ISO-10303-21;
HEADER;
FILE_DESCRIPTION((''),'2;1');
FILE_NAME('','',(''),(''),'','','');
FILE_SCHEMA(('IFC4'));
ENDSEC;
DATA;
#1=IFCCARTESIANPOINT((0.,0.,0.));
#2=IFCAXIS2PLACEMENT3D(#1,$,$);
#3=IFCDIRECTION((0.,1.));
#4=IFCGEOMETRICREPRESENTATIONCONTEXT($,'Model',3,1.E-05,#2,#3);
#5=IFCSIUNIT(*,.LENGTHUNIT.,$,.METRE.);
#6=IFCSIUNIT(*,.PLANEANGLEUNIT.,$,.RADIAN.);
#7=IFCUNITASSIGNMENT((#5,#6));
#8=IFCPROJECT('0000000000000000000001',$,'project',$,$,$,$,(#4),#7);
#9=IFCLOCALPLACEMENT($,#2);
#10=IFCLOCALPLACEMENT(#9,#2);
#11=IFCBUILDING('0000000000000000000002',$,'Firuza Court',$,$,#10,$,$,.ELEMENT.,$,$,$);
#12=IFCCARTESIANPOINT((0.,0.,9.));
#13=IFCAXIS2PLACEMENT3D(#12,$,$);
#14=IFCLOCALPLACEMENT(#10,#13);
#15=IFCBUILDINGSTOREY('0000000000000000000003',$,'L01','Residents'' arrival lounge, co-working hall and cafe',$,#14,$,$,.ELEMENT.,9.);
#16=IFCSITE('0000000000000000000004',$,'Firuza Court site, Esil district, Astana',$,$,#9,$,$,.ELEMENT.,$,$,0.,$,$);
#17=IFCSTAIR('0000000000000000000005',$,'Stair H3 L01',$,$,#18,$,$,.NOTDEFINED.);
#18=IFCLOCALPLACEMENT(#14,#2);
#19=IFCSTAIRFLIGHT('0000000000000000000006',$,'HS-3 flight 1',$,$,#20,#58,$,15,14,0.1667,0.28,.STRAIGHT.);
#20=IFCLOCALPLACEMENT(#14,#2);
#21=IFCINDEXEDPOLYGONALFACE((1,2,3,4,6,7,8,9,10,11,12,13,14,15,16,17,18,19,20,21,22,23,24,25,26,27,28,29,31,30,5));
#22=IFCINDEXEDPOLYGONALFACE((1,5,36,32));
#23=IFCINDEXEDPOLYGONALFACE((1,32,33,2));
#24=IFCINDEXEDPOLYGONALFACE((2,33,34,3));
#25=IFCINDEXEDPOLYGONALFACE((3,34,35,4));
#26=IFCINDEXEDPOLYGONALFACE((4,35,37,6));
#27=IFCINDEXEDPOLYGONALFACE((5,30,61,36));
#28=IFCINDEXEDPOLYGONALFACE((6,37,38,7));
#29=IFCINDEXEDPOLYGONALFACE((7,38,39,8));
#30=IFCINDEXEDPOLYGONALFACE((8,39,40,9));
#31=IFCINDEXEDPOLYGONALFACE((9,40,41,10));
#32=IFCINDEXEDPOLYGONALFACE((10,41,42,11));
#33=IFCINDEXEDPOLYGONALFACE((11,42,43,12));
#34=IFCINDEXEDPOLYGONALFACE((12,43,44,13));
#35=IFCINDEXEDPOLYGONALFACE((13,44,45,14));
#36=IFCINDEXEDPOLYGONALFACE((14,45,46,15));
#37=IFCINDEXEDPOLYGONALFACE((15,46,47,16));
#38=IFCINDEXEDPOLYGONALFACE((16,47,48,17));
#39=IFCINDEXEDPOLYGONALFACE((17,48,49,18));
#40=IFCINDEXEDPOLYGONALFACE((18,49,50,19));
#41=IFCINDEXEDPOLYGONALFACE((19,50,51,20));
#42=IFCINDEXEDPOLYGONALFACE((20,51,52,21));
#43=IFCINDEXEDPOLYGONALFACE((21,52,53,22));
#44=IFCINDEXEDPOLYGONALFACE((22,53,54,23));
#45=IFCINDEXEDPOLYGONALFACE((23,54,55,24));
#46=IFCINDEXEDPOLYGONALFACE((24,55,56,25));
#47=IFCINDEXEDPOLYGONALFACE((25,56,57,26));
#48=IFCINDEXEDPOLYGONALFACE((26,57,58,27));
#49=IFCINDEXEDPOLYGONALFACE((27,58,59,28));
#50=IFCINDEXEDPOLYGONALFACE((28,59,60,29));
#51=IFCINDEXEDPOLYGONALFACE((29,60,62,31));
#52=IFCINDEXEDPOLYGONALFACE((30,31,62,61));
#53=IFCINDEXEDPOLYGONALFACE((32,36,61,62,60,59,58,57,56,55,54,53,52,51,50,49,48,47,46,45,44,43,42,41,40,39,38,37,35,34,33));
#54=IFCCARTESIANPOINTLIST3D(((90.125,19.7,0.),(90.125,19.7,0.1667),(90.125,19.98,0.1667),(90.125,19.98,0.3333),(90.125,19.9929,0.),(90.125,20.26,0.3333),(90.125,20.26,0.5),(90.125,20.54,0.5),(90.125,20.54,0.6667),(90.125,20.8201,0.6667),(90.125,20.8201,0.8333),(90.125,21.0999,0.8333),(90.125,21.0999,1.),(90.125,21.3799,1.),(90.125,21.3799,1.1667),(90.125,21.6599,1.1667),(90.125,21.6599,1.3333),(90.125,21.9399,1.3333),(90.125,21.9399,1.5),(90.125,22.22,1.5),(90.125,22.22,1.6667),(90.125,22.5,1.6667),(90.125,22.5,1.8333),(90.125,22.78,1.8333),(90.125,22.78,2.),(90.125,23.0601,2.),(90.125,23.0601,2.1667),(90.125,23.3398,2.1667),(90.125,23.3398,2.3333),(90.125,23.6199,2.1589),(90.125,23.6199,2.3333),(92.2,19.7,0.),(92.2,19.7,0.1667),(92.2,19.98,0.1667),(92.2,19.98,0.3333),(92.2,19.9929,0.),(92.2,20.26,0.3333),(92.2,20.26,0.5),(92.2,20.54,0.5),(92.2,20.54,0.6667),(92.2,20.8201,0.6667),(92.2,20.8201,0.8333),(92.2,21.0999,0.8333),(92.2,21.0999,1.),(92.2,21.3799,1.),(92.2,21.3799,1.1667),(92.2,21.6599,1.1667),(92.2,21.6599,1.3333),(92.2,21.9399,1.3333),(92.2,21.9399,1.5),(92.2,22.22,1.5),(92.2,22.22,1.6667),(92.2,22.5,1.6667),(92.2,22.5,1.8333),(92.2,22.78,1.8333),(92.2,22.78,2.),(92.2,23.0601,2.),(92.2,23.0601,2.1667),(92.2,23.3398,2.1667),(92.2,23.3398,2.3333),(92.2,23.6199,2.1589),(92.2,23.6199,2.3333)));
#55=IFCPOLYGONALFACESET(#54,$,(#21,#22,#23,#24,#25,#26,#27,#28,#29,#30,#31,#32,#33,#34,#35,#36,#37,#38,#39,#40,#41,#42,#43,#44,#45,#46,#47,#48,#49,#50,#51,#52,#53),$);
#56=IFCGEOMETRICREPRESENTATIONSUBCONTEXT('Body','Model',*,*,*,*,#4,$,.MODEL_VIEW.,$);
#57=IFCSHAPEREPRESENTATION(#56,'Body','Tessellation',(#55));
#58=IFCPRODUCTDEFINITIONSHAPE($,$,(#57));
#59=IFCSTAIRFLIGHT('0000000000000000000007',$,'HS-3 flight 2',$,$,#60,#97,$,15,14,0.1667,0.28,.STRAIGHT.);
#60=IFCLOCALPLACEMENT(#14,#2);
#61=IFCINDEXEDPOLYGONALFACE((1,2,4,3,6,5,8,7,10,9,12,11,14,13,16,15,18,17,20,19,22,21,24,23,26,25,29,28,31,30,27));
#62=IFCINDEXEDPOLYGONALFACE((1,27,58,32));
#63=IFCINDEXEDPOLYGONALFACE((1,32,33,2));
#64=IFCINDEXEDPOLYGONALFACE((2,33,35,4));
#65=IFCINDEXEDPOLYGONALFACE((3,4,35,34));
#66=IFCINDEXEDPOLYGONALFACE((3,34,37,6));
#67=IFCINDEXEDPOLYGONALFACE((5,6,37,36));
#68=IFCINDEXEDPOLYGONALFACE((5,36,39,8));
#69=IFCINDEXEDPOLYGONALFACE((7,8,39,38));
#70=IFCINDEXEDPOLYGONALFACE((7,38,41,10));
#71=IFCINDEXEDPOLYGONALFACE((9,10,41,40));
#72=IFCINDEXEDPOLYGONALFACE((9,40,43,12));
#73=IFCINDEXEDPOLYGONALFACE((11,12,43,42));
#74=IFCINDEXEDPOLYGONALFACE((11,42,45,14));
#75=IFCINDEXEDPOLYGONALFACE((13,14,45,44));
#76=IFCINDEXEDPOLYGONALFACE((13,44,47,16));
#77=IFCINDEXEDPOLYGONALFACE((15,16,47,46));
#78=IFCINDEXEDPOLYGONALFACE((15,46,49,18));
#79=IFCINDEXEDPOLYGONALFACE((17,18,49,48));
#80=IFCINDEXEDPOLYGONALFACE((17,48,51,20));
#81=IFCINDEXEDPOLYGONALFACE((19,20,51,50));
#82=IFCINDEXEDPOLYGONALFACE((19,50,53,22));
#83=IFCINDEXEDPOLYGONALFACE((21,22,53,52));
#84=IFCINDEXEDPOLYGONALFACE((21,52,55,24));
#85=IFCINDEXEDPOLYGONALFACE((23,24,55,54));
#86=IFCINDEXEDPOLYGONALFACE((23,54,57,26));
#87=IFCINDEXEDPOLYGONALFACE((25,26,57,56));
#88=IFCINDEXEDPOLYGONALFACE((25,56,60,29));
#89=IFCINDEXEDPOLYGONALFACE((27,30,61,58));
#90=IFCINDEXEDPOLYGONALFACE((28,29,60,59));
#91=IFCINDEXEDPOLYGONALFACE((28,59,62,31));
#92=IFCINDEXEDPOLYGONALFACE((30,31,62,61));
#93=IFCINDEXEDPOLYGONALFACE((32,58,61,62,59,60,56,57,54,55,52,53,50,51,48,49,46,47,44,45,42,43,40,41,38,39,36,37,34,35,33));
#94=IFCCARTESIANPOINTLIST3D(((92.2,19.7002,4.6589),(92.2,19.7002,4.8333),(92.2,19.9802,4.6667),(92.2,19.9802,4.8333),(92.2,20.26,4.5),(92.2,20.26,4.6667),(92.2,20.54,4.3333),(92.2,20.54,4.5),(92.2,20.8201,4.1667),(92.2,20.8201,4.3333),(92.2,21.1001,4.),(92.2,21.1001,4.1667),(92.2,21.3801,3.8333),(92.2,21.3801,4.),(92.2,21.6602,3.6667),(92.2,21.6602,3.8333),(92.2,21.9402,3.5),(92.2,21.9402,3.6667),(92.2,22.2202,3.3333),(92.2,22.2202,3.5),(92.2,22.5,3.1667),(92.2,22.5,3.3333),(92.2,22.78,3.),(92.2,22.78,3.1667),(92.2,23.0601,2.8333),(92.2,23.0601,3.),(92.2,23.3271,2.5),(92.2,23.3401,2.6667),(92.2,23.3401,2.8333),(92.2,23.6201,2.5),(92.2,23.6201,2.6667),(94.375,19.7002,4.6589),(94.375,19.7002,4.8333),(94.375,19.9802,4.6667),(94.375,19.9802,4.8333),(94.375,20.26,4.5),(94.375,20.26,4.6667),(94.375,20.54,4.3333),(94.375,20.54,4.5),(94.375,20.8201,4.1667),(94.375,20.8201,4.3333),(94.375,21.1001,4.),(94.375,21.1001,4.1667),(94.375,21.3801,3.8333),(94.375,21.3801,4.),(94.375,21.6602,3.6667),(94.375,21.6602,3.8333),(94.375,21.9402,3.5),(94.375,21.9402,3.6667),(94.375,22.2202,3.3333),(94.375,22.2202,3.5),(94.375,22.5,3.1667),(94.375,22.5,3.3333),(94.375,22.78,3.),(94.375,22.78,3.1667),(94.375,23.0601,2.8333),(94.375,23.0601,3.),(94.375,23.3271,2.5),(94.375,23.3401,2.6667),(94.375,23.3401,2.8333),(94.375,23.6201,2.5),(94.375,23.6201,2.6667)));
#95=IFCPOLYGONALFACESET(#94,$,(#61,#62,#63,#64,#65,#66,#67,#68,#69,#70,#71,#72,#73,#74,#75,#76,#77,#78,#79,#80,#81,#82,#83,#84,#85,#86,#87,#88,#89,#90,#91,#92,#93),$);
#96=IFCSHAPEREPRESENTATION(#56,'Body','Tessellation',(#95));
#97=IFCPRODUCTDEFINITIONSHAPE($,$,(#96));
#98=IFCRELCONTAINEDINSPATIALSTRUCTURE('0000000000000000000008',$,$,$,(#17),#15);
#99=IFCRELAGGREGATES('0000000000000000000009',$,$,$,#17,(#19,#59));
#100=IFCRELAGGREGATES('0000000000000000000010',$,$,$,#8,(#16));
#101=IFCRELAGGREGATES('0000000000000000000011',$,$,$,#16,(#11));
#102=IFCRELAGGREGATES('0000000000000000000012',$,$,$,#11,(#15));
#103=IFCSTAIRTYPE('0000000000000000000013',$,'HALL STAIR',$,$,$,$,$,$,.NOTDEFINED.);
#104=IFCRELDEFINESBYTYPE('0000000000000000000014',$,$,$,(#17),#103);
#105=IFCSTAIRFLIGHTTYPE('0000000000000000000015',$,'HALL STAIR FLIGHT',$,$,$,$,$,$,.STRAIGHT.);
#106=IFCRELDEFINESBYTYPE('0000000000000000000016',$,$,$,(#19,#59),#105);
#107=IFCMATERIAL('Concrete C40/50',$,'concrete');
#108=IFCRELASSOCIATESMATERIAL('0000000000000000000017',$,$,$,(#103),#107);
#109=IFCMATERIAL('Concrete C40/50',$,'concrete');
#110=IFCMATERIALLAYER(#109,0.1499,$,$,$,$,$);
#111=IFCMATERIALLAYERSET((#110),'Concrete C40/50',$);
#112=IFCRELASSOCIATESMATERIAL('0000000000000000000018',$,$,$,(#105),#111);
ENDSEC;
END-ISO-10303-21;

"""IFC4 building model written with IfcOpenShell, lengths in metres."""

from ifc_helpers import new_model, si_unit, direction, frame, origin, place, context, subcontext, project, spatial, polyline, outline, extrude, material, layer, layer_set, type_object, element, aggregate, save


model = new_model("IFC4")

# Units and contexts
model_context = context("Model", 3, precision=1e-05, world=origin(), true_north=direction((0.0, 1.0)))
body_context = subcontext(model_context, "Body", "Model", "MODEL_VIEW")
ifc_project = project(units=[si_unit("LENGTHUNIT", "METRE"), si_unit("PLANEANGLEUNIT", "RADIAN")], contexts=[model_context])

# Site, building, storey
site_placement = place(None, origin())
site = spatial("IfcSite", under=ifc_project, at=site_placement, Name="Firuza Court site, Esil district, Astana", CompositionType="ELEMENT", RefElevation=0.0)
building_placement = place(site_placement, origin())
building = spatial("IfcBuilding", under=site, at=building_placement, Name="Firuza Court", CompositionType="ELEMENT")
storey_placement = place(building_placement, frame((0.0, 0.0, 9.0)))
storey = spatial("IfcBuildingStorey", under=building, at=storey_placement, Name="L01", Description="Residents' arrival lounge, co-working hall and cafe", CompositionType="ELEMENT", Elevation=9.0)

# Shared definitions
ifc_material_1 = material(Name="Concrete C40/50", Category="concrete")

# Stair, stair flights
ifc_material_2 = material(Name="Concrete C40/50", Category="concrete")
stair_type = type_object("IfcStairType", Name="HALL STAIR", PredefinedType="NOTDEFINED", material=ifc_material_2)
stair_placement = place(storey_placement, origin())
stair = element("IfcStair", 1, at=stair_placement, inside=storey, type_object=stair_type, Name="Stair H3 L01", PredefinedType="NOTDEFINED")
ifc_layer_1 = layer(ifc_material_1, 0.1499)
ifc_layer_set_1 = layer_set([ifc_layer_1], Name="Concrete C40/50")
stair_flight_type = type_object("IfcStairFlightType", Name="HALL STAIR FLIGHT", PredefinedType="STRAIGHT", material=ifc_layer_set_1)
stair_flight_1_placement = place(storey_placement, frame((91.1626, 19.7, 0.0), z_axis=(0.0, 0.0, 1.0), x_axis=(0.0, 1.0, 0.0)))
stair_flight_1 = element("IfcStairFlight", 2, at=stair_flight_1_placement, type_object=stair_flight_type, Name="HS-3 flight 1", NumberOfRisers=15, NumberOfTreads=14, PredefinedType="STRAIGHT", RiserHeight=0.1667, TreadLength=0.28, context=body_context, shape_type="SweptSolid", body=[
    extrude(outline(polyline([(0.0, 0.0), (0.0, 0.1667), (0.28, 0.1667), (0.28, 0.3333), (0.5601, 0.3333), (0.5601, 0.5), (0.8401, 0.5), (0.8401, 0.6667), (1.1201, 0.6667), (1.1201, 0.8333), (1.3999, 0.8333), (1.3999, 1.0), (1.6799, 1.0), (1.6799, 1.1667), (1.96, 1.1667), (1.96, 1.3333), (2.24, 1.3333), (2.24, 1.5), (2.52, 1.5), (2.52, 1.6667), (2.8, 1.6667), (2.8, 1.8333), (3.0801, 1.8333), (3.0801, 2.0), (3.3601, 2.0), (3.3601, 2.1667), (3.6399, 2.1667), (3.6399, 2.3333), (3.9199, 2.3333), (3.9199, 2.5), (3.9199, 2.1589), (0.293, 0.0), (0.0, 0.0)])), frame((0.0, 1.0376, 0.0), z_axis=(0.0, -1.0, 0.0), x_axis=(1.0, 0.0, 0.0)), (0.0, 0.0, 1.0), 2.075),
])
stair_flight_2_placement = place(storey_placement, frame((93.2876, 23.6201, 2.5), z_axis=(0.0, 0.0, 1.0), x_axis=(0.0, -1.0, 0.0)))
stair_flight_2 = element("IfcStairFlight", 3, at=stair_flight_2_placement, type_object=stair_flight_type, Name="HS-3 flight 2", NumberOfRisers=15, NumberOfTreads=14, PredefinedType="STRAIGHT", RiserHeight=0.1667, TreadLength=0.28, context=body_context, shape_type="SweptSolid", body=[
    extrude(outline(polyline([(0.0, 0.0), (0.0, 0.1667), (0.28, 0.1667), (0.28, 0.3333), (0.5601, 0.3333), (0.5601, 0.5), (0.8401, 0.5), (0.8401, 0.6667), (1.1201, 0.6667), (1.1201, 0.8333), (1.3999, 0.8333), (1.3999, 1.0), (1.6799, 1.0), (1.6799, 1.1667), (1.96, 1.1667), (1.96, 1.3333), (2.24, 1.3333), (2.24, 1.5), (2.52, 1.5), (2.52, 1.6667), (2.8, 1.6667), (2.8, 1.8333), (3.0801, 1.8333), (3.0801, 2.0), (3.3601, 2.0), (3.3601, 2.1667), (3.6399, 2.1667), (3.6399, 2.3333), (3.9199, 2.3333), (3.9199, 2.5), (3.9199, 2.1589), (0.293, 0.0), (0.0, 0.0)])), frame((0.0, 1.0874, 0.0), z_axis=(0.0, -1.0, 0.0), x_axis=(1.0, 0.0, 0.0)), (0.0, 0.0, 1.0), 2.175),
])
aggregate(stair, [stair_flight_1, stair_flight_2])

save(model, "model.ifc")
